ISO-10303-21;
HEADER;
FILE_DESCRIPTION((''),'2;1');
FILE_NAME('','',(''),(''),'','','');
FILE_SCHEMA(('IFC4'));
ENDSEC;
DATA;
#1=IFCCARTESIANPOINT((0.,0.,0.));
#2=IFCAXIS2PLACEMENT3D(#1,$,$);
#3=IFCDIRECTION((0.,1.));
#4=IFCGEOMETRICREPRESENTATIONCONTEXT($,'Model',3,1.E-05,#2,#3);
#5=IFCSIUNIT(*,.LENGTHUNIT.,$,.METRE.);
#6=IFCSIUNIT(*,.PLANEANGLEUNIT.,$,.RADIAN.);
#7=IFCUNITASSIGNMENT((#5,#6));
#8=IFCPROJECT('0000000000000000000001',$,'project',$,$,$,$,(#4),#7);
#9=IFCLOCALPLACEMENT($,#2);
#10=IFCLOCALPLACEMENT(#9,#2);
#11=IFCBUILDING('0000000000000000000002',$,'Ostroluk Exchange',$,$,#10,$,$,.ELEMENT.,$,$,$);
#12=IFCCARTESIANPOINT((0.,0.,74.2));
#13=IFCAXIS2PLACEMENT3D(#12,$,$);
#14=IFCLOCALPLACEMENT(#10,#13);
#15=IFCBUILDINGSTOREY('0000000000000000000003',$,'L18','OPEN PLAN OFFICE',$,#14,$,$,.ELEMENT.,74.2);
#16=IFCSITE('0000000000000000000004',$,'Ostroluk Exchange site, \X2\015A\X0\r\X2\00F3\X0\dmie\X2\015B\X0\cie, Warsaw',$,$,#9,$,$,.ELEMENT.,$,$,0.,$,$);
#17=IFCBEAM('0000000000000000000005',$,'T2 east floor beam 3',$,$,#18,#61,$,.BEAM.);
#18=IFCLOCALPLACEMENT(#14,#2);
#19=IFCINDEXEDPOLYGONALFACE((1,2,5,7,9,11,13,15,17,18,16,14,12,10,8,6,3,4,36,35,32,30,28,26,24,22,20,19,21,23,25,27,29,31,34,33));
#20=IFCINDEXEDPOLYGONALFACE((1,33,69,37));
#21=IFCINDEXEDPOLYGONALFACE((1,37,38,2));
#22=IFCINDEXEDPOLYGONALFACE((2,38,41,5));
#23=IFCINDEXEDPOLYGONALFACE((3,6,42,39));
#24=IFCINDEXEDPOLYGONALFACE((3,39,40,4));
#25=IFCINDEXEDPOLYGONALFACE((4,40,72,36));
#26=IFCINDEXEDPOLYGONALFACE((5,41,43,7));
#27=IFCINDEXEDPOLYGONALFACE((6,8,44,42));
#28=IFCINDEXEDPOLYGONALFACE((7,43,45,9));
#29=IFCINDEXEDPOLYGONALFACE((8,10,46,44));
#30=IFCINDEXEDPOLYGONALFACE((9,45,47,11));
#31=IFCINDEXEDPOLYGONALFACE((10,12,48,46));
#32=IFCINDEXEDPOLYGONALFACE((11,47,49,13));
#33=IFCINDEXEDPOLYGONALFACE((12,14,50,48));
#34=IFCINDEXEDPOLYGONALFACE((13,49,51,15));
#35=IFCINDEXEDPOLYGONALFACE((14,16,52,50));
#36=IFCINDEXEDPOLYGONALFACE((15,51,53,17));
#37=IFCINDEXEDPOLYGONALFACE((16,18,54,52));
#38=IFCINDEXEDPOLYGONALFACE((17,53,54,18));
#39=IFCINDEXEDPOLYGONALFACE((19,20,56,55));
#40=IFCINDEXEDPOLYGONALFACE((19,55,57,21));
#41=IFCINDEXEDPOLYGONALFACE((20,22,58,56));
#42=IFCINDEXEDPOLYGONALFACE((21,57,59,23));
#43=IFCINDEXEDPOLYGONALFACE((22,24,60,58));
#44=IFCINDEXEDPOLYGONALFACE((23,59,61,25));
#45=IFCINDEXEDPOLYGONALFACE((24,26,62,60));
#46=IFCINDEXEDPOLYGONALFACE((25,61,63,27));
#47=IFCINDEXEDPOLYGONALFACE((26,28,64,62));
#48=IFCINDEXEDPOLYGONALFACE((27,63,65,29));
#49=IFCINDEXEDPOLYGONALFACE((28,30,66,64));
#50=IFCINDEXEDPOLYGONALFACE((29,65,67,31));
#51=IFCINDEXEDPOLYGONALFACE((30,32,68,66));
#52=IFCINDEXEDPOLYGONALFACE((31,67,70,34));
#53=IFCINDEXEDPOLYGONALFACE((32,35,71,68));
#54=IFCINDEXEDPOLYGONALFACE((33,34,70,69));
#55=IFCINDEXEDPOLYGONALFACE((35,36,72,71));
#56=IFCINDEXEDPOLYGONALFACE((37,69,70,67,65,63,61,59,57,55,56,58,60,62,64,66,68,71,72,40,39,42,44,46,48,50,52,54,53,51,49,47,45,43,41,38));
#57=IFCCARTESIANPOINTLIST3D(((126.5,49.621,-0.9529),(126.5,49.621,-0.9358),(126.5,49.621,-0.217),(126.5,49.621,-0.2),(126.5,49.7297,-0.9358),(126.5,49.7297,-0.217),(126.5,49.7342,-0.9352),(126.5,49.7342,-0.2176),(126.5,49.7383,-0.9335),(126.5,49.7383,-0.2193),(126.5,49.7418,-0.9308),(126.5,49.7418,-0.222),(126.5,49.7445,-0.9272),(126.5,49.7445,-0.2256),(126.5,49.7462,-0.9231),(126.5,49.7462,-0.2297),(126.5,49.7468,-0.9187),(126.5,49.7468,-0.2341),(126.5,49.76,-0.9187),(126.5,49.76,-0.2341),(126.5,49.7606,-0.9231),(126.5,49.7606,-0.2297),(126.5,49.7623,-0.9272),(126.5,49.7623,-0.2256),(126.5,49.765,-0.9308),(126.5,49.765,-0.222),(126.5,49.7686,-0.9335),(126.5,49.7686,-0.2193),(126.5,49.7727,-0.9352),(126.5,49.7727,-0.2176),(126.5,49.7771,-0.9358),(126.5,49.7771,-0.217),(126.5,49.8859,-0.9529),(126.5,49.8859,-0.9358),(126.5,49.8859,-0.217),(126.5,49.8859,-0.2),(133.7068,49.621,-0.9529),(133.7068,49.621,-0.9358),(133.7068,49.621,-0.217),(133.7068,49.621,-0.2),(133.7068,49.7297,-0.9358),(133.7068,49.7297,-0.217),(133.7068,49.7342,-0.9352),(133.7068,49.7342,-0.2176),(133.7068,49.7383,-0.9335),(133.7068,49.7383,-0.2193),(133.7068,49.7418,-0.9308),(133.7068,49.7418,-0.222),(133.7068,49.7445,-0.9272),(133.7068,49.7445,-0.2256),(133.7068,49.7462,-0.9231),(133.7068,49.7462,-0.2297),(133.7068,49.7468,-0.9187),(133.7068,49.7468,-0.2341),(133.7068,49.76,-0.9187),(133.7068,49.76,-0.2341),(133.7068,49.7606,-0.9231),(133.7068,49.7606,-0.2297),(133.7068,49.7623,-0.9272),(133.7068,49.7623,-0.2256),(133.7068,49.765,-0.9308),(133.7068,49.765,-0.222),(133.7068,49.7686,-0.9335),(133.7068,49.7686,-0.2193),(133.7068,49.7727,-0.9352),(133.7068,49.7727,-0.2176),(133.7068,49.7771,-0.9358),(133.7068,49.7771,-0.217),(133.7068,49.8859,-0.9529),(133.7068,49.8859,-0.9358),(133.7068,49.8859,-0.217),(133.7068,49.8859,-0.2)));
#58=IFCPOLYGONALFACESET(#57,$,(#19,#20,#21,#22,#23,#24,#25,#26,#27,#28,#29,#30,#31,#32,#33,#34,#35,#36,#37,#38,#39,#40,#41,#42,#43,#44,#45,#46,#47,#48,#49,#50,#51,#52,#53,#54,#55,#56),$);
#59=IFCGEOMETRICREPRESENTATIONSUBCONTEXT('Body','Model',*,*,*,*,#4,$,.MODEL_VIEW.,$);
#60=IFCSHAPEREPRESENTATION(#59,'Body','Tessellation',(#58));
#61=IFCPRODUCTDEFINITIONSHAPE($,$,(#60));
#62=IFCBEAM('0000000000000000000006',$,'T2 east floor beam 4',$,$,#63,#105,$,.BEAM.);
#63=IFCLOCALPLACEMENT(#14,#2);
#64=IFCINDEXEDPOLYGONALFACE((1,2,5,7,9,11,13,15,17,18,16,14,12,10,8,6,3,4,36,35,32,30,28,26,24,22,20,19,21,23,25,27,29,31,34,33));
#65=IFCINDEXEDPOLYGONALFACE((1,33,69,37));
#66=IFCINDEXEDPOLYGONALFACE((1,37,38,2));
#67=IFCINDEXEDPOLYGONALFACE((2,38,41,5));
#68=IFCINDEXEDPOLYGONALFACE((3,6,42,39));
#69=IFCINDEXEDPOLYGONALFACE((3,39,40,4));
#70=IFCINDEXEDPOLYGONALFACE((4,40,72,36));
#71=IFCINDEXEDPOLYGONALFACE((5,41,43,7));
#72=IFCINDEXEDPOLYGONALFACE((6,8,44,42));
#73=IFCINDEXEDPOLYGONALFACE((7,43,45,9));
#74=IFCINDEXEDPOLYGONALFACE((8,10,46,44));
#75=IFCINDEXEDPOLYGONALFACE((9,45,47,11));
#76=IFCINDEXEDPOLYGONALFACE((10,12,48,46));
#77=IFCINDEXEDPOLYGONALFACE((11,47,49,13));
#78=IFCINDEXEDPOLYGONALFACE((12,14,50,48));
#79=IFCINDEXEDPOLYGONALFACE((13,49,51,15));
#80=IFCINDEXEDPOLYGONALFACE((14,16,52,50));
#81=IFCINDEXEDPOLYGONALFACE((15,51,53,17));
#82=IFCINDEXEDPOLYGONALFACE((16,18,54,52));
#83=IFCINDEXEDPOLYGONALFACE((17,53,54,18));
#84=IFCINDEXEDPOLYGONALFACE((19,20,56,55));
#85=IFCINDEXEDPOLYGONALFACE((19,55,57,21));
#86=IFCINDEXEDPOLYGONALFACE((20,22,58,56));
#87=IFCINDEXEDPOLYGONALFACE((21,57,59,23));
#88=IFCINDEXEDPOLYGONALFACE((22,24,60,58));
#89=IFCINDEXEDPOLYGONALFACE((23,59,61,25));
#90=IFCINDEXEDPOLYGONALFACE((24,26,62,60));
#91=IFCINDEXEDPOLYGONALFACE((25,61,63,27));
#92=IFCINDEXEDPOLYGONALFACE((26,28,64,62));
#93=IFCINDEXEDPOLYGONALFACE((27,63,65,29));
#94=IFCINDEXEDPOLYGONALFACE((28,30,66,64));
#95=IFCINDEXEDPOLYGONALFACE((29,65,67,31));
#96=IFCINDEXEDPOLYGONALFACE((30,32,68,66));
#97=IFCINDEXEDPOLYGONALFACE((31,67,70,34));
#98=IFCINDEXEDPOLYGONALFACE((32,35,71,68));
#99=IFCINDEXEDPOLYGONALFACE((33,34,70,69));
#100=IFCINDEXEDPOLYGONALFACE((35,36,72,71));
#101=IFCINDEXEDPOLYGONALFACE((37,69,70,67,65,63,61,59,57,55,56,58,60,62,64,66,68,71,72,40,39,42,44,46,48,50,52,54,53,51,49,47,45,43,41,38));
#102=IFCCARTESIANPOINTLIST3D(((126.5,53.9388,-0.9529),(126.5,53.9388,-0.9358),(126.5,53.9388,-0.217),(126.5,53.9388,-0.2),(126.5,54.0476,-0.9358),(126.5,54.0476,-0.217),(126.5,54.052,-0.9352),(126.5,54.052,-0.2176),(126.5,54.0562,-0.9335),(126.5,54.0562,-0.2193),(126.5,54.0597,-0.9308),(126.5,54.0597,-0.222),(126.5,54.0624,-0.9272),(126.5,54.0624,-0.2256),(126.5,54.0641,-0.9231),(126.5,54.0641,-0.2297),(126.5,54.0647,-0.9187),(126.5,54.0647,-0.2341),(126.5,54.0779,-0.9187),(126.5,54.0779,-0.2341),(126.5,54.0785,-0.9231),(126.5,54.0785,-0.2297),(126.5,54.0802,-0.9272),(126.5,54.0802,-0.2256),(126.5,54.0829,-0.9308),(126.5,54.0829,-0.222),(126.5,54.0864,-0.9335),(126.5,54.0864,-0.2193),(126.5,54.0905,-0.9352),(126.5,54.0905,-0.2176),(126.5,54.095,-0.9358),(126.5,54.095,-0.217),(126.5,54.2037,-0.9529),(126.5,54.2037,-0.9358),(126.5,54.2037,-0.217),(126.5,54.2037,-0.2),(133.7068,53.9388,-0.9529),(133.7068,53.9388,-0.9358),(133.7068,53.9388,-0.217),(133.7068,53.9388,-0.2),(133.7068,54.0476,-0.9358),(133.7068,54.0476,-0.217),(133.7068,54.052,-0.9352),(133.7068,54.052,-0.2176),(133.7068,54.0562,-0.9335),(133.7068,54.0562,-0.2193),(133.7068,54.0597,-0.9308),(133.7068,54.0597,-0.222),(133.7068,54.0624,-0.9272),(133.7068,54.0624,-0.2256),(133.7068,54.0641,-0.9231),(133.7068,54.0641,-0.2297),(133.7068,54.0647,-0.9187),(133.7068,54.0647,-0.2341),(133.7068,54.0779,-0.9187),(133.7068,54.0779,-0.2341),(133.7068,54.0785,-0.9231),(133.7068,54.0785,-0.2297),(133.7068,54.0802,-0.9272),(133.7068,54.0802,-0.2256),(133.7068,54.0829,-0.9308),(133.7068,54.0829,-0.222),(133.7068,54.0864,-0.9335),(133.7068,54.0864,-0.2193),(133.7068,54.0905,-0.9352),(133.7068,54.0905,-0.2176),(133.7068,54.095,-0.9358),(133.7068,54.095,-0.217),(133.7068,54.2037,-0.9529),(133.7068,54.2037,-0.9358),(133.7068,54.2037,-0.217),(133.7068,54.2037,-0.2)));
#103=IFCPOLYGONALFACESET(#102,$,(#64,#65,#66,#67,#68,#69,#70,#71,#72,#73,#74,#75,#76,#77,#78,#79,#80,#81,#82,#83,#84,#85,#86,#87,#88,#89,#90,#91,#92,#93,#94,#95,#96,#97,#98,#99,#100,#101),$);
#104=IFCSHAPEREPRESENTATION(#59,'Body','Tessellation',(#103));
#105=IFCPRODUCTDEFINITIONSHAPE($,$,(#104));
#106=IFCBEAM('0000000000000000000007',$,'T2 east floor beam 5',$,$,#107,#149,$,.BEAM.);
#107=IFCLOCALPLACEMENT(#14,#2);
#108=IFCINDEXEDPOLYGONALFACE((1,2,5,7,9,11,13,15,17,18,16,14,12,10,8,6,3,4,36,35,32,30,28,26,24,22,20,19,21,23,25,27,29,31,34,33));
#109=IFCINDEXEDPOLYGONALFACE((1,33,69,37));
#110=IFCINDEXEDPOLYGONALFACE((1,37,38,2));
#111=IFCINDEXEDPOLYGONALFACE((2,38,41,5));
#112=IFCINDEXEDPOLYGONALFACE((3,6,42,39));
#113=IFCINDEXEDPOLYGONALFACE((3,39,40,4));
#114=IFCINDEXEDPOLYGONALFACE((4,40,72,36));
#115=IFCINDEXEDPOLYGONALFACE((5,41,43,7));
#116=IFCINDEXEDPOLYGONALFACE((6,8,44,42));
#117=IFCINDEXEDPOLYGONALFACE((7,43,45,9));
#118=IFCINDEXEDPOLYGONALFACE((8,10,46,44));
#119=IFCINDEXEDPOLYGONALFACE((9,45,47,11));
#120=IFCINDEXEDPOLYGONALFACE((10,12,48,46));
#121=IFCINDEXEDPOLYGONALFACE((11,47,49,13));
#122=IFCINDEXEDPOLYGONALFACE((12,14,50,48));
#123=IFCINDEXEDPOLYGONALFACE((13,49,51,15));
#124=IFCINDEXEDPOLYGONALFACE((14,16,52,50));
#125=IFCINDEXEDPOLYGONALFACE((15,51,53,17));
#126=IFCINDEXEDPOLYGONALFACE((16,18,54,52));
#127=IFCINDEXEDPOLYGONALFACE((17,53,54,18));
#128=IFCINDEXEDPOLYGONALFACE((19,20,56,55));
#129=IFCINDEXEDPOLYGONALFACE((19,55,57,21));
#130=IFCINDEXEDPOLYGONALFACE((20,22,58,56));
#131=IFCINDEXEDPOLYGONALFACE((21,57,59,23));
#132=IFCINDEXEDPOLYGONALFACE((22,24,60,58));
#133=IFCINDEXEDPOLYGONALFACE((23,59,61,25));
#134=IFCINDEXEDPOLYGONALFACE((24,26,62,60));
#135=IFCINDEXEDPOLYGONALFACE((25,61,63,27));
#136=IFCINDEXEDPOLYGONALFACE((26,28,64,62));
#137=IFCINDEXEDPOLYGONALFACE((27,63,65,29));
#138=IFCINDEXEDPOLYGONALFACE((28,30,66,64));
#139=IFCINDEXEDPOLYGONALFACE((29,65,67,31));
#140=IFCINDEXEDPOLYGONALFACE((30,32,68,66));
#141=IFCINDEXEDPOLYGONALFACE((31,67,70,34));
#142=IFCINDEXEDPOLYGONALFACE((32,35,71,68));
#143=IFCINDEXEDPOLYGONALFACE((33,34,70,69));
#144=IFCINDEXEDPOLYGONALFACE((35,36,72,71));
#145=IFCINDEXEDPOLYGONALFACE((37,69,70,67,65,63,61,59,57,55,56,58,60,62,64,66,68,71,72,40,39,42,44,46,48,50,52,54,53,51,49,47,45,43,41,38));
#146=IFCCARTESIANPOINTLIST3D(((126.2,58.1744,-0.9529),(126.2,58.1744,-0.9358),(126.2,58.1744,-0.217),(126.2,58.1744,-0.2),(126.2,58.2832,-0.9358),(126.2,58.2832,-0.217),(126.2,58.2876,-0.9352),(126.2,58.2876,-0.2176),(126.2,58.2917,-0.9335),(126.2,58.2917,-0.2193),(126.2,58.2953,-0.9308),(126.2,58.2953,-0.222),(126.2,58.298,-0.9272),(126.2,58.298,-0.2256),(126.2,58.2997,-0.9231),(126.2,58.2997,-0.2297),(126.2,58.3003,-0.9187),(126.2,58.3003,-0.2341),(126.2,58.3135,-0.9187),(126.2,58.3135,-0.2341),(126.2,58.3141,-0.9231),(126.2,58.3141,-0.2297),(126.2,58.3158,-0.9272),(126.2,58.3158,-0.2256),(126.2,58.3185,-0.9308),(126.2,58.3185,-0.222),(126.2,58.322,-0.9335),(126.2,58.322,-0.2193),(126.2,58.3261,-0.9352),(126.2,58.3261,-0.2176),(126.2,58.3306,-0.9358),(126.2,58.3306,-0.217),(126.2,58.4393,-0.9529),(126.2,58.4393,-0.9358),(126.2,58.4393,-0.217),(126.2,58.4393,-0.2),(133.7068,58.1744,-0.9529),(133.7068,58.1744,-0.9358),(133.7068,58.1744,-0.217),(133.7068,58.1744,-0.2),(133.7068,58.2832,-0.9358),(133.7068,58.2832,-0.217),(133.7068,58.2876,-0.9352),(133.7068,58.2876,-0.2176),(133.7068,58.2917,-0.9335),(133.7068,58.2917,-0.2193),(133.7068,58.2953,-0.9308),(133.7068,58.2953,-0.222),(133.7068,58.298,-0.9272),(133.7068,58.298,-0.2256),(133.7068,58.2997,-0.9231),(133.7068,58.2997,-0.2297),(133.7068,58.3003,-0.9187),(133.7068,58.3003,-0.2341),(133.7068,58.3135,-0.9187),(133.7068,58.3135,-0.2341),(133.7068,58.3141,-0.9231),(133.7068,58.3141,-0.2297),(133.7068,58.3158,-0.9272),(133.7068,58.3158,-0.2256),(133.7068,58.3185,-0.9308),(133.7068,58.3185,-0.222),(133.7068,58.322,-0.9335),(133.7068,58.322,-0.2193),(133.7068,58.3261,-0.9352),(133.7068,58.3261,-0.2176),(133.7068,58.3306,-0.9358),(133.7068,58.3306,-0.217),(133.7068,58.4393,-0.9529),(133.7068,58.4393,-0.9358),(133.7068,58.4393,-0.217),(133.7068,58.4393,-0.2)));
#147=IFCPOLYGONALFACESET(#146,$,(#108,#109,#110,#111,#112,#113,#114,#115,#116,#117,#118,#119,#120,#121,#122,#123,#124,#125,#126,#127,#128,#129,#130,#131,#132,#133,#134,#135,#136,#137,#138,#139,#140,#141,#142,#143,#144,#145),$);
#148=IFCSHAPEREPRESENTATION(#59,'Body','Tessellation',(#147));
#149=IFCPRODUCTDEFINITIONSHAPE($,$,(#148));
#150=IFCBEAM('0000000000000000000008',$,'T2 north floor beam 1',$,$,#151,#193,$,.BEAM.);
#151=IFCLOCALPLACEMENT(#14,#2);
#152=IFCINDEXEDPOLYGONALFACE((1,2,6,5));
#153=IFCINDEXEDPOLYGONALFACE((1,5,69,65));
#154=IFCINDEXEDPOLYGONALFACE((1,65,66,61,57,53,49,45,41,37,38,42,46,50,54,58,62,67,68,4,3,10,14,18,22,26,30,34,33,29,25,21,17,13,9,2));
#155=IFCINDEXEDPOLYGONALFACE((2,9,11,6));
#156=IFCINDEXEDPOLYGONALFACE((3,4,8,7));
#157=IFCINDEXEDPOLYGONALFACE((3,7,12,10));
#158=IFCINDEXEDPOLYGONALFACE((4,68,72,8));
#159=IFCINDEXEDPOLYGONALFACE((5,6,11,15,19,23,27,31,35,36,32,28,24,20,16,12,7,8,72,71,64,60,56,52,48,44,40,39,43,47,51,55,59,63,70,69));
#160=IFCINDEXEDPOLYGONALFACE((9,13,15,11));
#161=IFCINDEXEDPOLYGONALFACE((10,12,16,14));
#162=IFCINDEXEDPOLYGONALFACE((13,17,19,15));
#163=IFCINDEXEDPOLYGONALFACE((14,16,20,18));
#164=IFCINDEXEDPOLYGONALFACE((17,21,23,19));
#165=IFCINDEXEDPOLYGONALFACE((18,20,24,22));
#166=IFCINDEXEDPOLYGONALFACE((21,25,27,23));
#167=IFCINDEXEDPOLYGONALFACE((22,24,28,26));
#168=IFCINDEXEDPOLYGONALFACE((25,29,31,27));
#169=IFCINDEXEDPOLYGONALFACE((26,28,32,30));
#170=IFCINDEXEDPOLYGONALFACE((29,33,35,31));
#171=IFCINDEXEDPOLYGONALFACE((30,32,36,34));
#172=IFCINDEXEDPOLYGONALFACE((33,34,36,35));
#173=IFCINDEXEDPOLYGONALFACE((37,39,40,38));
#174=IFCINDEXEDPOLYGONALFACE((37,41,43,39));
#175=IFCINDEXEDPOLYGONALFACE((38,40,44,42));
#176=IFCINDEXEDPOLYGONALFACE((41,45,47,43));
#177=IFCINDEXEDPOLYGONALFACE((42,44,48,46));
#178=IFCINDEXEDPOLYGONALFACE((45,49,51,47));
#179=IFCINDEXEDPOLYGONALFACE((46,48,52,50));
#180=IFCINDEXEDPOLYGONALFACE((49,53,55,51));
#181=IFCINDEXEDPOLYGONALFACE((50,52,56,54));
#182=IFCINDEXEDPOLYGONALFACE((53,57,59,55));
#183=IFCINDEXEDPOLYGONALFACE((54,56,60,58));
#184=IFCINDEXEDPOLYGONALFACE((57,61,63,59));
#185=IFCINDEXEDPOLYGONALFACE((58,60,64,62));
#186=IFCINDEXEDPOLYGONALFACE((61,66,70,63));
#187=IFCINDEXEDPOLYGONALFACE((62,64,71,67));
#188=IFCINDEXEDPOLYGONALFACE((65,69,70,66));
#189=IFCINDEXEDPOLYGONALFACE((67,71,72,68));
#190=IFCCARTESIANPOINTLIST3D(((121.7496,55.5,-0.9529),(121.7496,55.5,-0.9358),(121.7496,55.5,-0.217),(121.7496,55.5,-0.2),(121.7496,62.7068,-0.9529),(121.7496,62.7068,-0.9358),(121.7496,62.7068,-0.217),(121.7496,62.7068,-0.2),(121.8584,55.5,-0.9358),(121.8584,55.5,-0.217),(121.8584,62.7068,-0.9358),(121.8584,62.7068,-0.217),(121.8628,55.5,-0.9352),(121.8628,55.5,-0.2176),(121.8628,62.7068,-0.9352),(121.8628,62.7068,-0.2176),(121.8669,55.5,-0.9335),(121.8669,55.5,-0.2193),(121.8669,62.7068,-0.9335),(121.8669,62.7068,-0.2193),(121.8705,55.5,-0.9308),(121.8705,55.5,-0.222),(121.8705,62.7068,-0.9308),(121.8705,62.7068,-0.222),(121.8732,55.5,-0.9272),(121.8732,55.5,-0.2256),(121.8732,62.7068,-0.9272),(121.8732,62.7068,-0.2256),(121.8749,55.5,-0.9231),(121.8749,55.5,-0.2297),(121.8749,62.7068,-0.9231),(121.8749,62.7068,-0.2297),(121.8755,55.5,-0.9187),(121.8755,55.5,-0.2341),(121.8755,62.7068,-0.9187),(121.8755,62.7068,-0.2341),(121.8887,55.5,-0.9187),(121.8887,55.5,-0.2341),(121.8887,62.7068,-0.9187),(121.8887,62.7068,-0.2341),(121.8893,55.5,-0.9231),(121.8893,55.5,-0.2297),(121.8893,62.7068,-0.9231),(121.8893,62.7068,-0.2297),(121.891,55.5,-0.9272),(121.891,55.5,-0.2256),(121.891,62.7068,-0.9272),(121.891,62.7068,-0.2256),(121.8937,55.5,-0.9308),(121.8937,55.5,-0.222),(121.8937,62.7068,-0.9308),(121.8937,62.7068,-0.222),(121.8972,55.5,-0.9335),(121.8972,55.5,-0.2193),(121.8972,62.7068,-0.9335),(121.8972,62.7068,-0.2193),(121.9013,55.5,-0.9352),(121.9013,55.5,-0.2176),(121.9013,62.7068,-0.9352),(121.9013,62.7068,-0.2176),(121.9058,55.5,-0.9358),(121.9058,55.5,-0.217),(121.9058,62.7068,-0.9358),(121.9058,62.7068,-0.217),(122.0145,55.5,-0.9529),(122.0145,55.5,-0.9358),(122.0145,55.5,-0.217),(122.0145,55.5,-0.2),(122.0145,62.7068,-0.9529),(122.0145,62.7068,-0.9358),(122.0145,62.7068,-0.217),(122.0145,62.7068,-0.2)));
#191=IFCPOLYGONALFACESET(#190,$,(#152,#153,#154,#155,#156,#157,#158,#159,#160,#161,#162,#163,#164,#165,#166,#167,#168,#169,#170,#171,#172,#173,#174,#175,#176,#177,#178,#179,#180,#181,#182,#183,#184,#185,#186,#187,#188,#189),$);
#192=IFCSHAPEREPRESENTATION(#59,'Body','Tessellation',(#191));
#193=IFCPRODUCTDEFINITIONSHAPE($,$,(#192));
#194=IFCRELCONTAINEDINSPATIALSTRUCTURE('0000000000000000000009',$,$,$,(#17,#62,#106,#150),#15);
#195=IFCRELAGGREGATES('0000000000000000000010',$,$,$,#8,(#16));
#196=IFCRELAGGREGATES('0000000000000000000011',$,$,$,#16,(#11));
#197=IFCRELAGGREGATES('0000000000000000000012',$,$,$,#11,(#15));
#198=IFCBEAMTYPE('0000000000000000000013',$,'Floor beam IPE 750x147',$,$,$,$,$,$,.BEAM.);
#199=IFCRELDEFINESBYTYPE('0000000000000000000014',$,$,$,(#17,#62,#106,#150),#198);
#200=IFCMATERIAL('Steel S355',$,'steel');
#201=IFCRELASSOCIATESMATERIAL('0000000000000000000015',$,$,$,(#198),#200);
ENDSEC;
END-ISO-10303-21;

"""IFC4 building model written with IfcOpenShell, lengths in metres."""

from ifc_helpers import new_model, si_unit, direction, frame, origin, origin_2d, place, context, subcontext, project, spatial, i_section, extrude, material, material_profile, profile_set, type_object, element, save


model = new_model("IFC4")

# Units and contexts
model_context = context("Model", 3, precision=1e-05, world=origin(), true_north=direction((0.0, 1.0)))
body_context = subcontext(model_context, "Body", "Model", "MODEL_VIEW")
ifc_project = project(units=[si_unit("LENGTHUNIT", "METRE"), si_unit("PLANEANGLEUNIT", "RADIAN")], contexts=[model_context])

# Site, building, storey
site_placement = place(None, origin())
site = spatial("IfcSite", under=ifc_project, at=site_placement, Name="Ostroluk Exchange site, Śródmieście, Warsaw", CompositionType="ELEMENT", RefElevation=0.0)
building_placement = place(site_placement, origin())
building = spatial("IfcBuilding", under=site, at=building_placement, Name="Ostroluk Exchange", CompositionType="ELEMENT")
storey_placement = place(building_placement, frame((0.0, 0.0, 74.2)))
storey = spatial("IfcBuildingStorey", under=building, at=storey_placement, Name="L18", Description="OPEN PLAN OFFICE", CompositionType="ELEMENT", Elevation=74.2)

# Beams
ifc_material_1 = material(Name="Steel S355", Category="steel")
ifc_material_profile_1 = material_profile(ifc_material_1, i_section(OverallWidth=0.2649, OverallDepth=0.7529, WebThickness=0.0132, FlangeThickness=0.0171, FilletRadius=0.0171, at=origin_2d()), Name="IPE 750x147")
ifc_profile_set_1 = profile_set([ifc_material_profile_1], Name="Steel S355")
beam_type_1 = type_object("IfcBeamType", Name="Floor beam IPE 750x147", PredefinedType="BEAM", material=ifc_profile_set_1)
for number, where, z_axis, x_axis, name in (
    (1, (126.5, 49.7534, -0.5764), (1.0, 0.0, 0.0), (0.0, 1.0, 0.0), "T2 east floor beam 3"),
    (2, (126.5, 54.0713, -0.5764), (1.0, 0.0, 0.0), (0.0, 1.0, 0.0), "T2 east floor beam 4"),
):
    element("IfcBeam", number, at=place(storey_placement, frame(where, z_axis=z_axis, x_axis=x_axis)), inside=storey, type_object=beam_type_1, Name=name, PredefinedType="BEAM", context=body_context, shape_type="SweptSolid", body=[
        extrude(i_section(OverallWidth=0.2649, OverallDepth=0.7529, WebThickness=0.0132, FlangeThickness=0.0171, FilletRadius=0.0171, at=origin_2d()), origin(), (0.0, 0.0, 1.0), 7.2068),
    ])
beam_1_placement = place(storey_placement, frame((126.2, 58.3069, -0.5764), z_axis=(1.0, 0.0, 0.0), x_axis=(0.0, 1.0, 0.0)))
element("IfcBeam", 3, at=beam_1_placement, inside=storey, type_object=beam_type_1, Name="T2 east floor beam 5", PredefinedType="BEAM", context=body_context, shape_type="SweptSolid", body=[
    extrude(i_section(OverallWidth=0.2649, OverallDepth=0.7529, WebThickness=0.0132, FlangeThickness=0.0171, FilletRadius=0.0171, at=origin_2d()), origin(), (0.0, 0.0, 1.0), 7.5068),
])
for number, where, z_axis, x_axis, name in (
    (4, (121.8821, 55.5, -0.5764), (0.0, 1.0, 0.0), (-1.0, 0.0, 0.0), "T2 north floor beam 1"),
):
    element("IfcBeam", number, at=place(storey_placement, frame(where, z_axis=z_axis, x_axis=x_axis)), inside=storey, type_object=beam_type_1, Name=name, PredefinedType="BEAM", context=body_context, shape_type="SweptSolid", body=[
        extrude(i_section(OverallWidth=0.2649, OverallDepth=0.7529, WebThickness=0.0132, FlangeThickness=0.0171, FilletRadius=0.0171, at=origin_2d()), origin(), (0.0, 0.0, 1.0), 7.2068),
    ])

save(model, "model.ifc")
